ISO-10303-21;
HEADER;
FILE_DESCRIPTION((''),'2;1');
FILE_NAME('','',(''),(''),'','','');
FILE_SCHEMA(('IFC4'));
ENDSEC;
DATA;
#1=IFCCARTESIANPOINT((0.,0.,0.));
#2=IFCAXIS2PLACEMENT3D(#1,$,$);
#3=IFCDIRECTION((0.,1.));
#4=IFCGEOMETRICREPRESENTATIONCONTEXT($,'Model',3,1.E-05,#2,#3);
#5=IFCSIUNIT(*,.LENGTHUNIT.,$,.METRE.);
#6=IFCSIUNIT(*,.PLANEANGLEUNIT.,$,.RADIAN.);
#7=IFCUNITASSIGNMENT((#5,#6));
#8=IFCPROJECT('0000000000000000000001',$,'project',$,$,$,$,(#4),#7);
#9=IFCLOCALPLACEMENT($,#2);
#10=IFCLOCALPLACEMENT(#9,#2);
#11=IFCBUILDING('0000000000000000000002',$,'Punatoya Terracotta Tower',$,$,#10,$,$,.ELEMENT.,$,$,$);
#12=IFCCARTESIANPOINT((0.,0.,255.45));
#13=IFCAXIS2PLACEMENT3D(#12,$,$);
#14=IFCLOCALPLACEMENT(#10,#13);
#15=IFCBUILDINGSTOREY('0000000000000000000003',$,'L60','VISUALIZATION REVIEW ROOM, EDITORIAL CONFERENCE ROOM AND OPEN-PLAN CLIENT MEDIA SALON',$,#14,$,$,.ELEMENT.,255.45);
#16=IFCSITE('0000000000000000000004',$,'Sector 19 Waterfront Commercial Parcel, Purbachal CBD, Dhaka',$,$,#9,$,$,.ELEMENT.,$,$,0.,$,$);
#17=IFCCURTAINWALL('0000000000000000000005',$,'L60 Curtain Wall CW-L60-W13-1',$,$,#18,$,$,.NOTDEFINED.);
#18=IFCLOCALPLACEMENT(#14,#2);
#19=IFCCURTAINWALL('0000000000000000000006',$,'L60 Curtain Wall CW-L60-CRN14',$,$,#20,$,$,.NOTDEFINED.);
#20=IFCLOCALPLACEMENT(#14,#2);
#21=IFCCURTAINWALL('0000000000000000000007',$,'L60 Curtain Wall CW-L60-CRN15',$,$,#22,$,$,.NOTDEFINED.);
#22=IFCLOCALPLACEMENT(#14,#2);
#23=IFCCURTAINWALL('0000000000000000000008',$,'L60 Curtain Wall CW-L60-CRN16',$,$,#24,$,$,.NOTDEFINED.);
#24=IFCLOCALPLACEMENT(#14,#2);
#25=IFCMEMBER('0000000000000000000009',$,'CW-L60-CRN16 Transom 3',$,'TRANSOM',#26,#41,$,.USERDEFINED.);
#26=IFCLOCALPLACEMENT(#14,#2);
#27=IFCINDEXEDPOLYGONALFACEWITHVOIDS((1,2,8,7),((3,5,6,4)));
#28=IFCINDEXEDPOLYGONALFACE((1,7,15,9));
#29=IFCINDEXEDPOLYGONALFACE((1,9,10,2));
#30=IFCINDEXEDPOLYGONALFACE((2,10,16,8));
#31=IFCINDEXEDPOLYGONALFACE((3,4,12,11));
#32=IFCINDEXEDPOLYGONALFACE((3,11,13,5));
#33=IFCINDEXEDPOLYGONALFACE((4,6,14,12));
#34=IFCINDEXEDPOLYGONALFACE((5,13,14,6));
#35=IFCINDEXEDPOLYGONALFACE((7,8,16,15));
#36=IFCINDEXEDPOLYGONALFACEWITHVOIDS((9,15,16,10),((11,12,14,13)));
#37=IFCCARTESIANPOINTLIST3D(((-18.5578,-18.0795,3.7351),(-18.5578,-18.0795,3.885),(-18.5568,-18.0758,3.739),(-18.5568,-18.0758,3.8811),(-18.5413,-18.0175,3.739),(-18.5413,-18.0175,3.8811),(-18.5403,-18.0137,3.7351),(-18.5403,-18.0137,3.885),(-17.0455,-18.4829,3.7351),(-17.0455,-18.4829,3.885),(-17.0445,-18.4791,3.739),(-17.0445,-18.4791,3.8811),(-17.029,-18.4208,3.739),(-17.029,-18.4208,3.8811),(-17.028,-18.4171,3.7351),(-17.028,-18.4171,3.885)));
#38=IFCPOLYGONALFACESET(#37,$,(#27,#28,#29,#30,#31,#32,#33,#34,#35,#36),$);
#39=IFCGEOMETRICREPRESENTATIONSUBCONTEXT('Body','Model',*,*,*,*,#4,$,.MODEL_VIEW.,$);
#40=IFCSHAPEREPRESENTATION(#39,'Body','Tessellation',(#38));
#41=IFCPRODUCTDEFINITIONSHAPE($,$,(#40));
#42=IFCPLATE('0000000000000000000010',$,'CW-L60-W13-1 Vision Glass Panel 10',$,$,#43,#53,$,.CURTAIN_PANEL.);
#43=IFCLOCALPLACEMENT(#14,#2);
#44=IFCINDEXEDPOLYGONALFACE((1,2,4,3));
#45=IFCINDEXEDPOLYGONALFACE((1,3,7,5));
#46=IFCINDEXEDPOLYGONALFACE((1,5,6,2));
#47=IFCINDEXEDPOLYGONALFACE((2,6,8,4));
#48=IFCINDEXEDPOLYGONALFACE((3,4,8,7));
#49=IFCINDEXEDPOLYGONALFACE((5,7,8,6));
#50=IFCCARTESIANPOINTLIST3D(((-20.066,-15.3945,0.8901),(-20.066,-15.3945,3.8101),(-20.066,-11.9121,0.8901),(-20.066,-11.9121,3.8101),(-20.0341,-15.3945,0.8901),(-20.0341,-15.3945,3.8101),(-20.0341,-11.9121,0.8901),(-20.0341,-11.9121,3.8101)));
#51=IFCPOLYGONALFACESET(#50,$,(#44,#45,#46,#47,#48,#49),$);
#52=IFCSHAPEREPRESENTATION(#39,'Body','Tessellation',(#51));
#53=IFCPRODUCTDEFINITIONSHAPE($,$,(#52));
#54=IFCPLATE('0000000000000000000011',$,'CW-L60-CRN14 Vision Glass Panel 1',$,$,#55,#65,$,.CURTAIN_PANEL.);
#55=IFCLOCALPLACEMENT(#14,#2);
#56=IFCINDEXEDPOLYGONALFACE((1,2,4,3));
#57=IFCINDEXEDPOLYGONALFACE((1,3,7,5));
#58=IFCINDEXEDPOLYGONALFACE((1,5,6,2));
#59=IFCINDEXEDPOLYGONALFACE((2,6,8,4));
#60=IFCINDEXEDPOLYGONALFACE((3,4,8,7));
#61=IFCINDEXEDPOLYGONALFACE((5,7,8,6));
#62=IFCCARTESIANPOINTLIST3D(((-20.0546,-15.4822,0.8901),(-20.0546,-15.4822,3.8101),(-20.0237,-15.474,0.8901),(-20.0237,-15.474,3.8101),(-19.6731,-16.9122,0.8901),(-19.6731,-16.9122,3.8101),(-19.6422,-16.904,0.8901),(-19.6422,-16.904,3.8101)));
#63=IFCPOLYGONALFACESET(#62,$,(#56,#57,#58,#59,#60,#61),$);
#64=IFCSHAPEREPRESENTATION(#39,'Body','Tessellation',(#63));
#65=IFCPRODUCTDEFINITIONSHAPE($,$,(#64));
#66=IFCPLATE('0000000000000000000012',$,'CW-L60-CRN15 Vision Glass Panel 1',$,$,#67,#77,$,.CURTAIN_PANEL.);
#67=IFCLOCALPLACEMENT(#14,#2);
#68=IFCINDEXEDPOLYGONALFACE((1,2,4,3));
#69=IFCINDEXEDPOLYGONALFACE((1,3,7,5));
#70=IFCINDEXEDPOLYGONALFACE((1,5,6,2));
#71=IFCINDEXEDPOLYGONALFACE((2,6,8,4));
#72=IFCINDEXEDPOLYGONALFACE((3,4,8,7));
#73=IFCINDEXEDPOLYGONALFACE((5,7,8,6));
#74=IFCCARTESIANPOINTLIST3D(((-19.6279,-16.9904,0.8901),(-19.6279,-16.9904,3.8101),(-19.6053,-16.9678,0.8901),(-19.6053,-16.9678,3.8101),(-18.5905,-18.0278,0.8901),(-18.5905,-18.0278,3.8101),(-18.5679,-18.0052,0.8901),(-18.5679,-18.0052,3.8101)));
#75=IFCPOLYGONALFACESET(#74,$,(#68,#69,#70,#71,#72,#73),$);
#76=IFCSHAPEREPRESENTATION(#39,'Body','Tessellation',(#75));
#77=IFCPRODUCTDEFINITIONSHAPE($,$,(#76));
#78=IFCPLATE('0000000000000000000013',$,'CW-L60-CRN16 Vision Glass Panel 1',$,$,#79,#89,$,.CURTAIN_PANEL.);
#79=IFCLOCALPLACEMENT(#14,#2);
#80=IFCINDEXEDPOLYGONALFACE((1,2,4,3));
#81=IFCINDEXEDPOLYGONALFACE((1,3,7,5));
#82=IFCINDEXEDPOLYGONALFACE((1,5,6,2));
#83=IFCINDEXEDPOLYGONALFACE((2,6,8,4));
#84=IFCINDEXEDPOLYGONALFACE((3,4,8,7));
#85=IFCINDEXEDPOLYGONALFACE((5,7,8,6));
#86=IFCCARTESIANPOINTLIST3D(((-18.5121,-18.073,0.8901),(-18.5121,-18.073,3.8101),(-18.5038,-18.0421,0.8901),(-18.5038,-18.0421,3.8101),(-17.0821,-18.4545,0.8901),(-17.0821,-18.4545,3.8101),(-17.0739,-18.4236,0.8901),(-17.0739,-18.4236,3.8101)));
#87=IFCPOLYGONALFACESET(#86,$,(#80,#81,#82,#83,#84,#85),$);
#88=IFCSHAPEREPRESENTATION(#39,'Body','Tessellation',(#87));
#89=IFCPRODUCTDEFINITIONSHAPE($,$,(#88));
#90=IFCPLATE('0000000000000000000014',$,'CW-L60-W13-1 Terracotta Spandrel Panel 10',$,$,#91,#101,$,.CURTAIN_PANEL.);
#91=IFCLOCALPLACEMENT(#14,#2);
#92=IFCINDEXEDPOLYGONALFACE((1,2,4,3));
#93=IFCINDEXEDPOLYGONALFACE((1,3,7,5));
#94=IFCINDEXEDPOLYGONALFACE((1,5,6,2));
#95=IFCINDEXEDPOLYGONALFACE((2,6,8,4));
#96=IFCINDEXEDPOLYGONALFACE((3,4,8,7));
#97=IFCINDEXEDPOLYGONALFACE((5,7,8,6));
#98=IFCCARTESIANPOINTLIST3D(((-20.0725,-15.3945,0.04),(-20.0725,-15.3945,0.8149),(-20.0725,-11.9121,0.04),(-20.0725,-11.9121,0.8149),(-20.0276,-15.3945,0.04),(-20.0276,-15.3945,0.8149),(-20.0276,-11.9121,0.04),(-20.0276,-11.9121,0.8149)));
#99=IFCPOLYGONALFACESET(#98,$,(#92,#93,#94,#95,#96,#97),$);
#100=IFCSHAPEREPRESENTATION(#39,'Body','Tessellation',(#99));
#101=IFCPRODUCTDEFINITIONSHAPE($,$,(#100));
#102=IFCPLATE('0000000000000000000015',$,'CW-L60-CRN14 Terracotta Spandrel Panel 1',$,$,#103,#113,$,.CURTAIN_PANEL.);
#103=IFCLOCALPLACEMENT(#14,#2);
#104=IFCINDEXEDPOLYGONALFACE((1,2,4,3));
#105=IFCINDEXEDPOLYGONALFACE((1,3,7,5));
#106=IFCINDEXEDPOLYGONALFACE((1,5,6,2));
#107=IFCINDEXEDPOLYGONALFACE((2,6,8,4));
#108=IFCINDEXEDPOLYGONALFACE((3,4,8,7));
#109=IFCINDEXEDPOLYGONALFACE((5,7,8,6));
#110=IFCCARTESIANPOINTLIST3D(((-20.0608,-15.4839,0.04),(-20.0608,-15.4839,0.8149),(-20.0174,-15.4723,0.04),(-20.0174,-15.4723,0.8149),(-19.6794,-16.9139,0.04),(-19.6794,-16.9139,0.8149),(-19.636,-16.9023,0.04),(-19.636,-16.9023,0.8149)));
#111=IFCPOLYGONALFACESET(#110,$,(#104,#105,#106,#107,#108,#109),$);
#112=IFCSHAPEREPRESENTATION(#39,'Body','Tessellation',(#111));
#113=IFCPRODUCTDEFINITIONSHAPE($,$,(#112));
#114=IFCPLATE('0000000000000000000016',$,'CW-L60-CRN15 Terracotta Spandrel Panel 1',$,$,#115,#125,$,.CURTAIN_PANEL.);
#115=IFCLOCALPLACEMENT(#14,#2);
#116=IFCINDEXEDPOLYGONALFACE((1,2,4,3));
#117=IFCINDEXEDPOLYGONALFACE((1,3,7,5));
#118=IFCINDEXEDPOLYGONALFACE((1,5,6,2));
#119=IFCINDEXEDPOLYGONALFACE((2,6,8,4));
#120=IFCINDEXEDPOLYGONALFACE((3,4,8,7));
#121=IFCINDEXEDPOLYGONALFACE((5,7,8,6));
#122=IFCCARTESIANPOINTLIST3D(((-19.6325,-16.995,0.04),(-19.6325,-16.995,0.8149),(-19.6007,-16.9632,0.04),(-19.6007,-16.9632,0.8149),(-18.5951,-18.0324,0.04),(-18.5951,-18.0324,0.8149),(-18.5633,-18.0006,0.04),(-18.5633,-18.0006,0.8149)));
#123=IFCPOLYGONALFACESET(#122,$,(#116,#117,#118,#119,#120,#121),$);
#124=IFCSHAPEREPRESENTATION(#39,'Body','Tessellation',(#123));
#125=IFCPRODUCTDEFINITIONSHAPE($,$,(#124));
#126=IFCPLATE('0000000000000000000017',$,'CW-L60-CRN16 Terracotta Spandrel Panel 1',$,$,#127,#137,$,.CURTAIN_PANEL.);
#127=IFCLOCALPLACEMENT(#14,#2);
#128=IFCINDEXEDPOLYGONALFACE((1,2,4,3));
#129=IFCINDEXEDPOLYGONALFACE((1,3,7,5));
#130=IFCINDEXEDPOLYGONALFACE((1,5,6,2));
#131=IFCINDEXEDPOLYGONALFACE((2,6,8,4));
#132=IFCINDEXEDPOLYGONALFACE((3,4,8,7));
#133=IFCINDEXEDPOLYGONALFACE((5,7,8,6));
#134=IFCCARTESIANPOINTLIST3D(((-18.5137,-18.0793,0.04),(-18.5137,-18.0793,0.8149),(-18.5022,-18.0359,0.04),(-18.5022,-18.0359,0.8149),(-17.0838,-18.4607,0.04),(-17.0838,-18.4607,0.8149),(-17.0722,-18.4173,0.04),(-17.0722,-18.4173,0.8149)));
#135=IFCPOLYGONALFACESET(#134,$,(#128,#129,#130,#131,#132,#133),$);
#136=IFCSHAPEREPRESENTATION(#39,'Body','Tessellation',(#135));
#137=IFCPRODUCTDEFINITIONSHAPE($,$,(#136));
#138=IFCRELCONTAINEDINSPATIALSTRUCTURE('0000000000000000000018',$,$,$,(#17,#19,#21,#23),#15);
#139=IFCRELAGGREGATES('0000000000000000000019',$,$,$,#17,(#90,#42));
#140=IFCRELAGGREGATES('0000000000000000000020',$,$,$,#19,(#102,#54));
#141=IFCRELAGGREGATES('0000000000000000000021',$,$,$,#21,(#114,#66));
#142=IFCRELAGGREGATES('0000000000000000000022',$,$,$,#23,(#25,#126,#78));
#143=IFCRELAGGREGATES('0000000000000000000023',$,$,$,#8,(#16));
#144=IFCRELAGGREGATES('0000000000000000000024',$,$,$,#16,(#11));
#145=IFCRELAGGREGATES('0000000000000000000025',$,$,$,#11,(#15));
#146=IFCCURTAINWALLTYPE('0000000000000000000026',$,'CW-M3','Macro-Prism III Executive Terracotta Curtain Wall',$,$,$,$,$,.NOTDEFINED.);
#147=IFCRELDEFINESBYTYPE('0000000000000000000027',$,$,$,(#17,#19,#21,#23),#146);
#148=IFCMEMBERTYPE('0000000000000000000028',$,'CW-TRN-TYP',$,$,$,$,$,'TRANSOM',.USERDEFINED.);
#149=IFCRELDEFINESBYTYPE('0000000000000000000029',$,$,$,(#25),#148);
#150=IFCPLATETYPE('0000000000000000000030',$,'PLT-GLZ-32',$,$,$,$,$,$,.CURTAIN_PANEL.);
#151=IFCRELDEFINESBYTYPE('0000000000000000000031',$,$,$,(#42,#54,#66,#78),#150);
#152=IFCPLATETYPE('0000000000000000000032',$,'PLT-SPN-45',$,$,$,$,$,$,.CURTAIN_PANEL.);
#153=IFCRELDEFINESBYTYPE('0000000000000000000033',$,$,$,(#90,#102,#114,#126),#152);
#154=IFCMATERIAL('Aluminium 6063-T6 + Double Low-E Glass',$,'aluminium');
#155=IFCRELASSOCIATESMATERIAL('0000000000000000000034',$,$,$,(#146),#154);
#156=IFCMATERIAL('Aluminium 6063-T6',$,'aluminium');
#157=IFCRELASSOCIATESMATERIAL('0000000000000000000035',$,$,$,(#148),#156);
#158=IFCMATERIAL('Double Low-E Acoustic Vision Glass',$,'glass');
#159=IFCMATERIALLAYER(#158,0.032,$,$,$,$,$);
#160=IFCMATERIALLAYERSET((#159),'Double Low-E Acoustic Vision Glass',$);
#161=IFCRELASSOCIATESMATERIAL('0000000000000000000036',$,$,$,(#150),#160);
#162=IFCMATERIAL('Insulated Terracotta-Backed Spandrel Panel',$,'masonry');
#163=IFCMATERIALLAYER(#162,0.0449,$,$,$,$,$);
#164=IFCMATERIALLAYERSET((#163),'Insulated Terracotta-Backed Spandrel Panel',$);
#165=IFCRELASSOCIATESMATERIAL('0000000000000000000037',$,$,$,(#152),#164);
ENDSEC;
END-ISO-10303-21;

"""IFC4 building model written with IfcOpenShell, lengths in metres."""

from ifc_helpers import new_model, si_unit, direction, frame, origin, origin_2d, place, context, subcontext, project, spatial, rectangle, hollow_rectangle, extrude, material, layer, layer_set, material_profile, profile_set, type_object, element, aggregate, save


model = new_model("IFC4")

# Units and contexts
model_context = context("Model", 3, precision=1e-05, world=origin(), true_north=direction((0.0, 1.0)))
body_context = subcontext(model_context, "Body", "Model", "MODEL_VIEW")
ifc_project = project(units=[si_unit("LENGTHUNIT", "METRE"), si_unit("PLANEANGLEUNIT", "RADIAN")], contexts=[model_context])

# Site, building, storey
site_placement = place(None, origin())
site = spatial("IfcSite", under=ifc_project, at=site_placement, Name="Sector 19 Waterfront Commercial Parcel, Purbachal CBD, Dhaka", CompositionType="ELEMENT", RefElevation=0.0)
building_placement = place(site_placement, origin())
building = spatial("IfcBuilding", under=site, at=building_placement, Name="Punatoya Terracotta Tower", CompositionType="ELEMENT")
storey_placement = place(building_placement, frame((0.0, 0.0, 255.45)))
storey = spatial("IfcBuildingStorey", under=building, at=storey_placement, Name="L60", Description="VISUALIZATION REVIEW ROOM, EDITORIAL CONFERENCE ROOM AND OPEN-PLAN CLIENT MEDIA SALON", CompositionType="ELEMENT", Elevation=255.45)

# Curtain wall
ifc_material_1 = material(Name="Aluminium 6063-T6 + Double Low-E Glass", Category="aluminium")
curtain_wall_type = type_object("IfcCurtainWallType", Name="CW-M3", Description="Macro-Prism III Executive Terracotta Curtain Wall", PredefinedType="NOTDEFINED", material=ifc_material_1)
curtain_wall_1_placement = place(storey_placement, origin())
curtain_wall_1 = element("IfcCurtainWall", 1, at=curtain_wall_1_placement, inside=storey, type_object=curtain_wall_type, Name="L60 Curtain Wall CW-L60-W13-1", PredefinedType="NOTDEFINED")
ifc_material_2 = material(Name="Aluminium 6063-T6", Category="aluminium")

# Curtain walls
curtain_wall_2_placement = place(storey_placement, origin())
curtain_wall_2 = element("IfcCurtainWall", 2, at=curtain_wall_2_placement, inside=storey, type_object=curtain_wall_type, Name="L60 Curtain Wall CW-L60-CRN14", PredefinedType="NOTDEFINED")
curtain_wall_3_placement = place(storey_placement, origin())
curtain_wall_3 = element("IfcCurtainWall", 3, at=curtain_wall_3_placement, inside=storey, type_object=curtain_wall_type, Name="L60 Curtain Wall CW-L60-CRN15", PredefinedType="NOTDEFINED")
curtain_wall_4_placement = place(storey_placement, origin())
curtain_wall_4 = element("IfcCurtainWall", 4, at=curtain_wall_4_placement, inside=storey, type_object=curtain_wall_type, Name="L60 Curtain Wall CW-L60-CRN16", PredefinedType="NOTDEFINED")

# Member
ifc_material_profile_1 = material_profile(ifc_material_2, hollow_rectangle(XDim=0.0681, YDim=0.1499, WallThickness=0.0039, at=origin_2d()))
ifc_profile_set_1 = profile_set([ifc_material_profile_1], Name="Aluminium 6063-T6")
member_type_1 = type_object("IfcMemberType", Name="CW-TRN-TYP", ElementType="TRANSOM", PredefinedType="USERDEFINED", material=ifc_profile_set_1)
member_1_placement = place(storey_placement, frame((-18.5491, -18.0466, 3.8101), z_axis=(0.966225, -0.257701, 0.0), x_axis=(0.257701, 0.966225, 0.0)))
member_1 = element("IfcMember", 5, at=member_1_placement, type_object=member_type_1, Name="CW-L60-CRN16 Transom 3", ObjectType="TRANSOM", PredefinedType="USERDEFINED", context=body_context, shape_type="SweptSolid", body=[
    extrude(hollow_rectangle(XDim=0.0681, YDim=0.1499, WallThickness=0.0039, at=origin_2d()), origin(), (0.0, 0.0, 1.0), 1.5652),
])

# Plates
ifc_material_3 = material(Name="Double Low-E Acoustic Vision Glass", Category="glass")
ifc_layer_1 = layer(ifc_material_3, 0.032)
ifc_layer_set_1 = layer_set([ifc_layer_1], Name="Double Low-E Acoustic Vision Glass")
plate_type_1 = type_object("IfcPlateType", Name="PLT-GLZ-32", PredefinedType="CURTAIN_PANEL", material=ifc_layer_set_1)
plate_1_placement = place(storey_placement, frame((-20.05, -13.6533, 0.8901), z_axis=(0.0, 0.0, 1.0), x_axis=(0.0, -1.0, 0.0)))
plate_1 = element("IfcPlate", 6, at=plate_1_placement, type_object=plate_type_1, Name="CW-L60-W13-1 Vision Glass Panel 10", PredefinedType="CURTAIN_PANEL", context=body_context, shape_type="SweptSolid", body=[
    extrude(rectangle(XDim=3.4824, YDim=0.032, at=origin_2d()), origin(), (0.0, 0.0, 1.0), 2.9199),
])
plate_2_placement = place(storey_placement, frame((-19.8484, -16.1931, 0.8901), z_axis=(0.0, 0.0, 1.0), x_axis=(0.257742, -0.966214, 0.0)))
plate_2 = element("IfcPlate", 7, at=plate_2_placement, type_object=plate_type_1, Name="CW-L60-CRN14 Vision Glass Panel 1", PredefinedType="CURTAIN_PANEL", context=body_context, shape_type="SweptSolid", body=[
    extrude(rectangle(XDim=1.48, YDim=0.032, at=origin_2d()), origin(), (0.0, 0.0, 1.0), 2.9199),
])
plate_3_placement = place(storey_placement, frame((-19.0979, -17.4978, 0.8901), z_axis=(0.0, 0.0, 1.0), x_axis=(0.707107, -0.707107, 0.0)))
plate_3 = element("IfcPlate", 8, at=plate_3_placement, type_object=plate_type_1, Name="CW-L60-CRN15 Vision Glass Panel 1", PredefinedType="CURTAIN_PANEL", context=body_context, shape_type="SweptSolid", body=[
    extrude(rectangle(XDim=1.467, YDim=0.032, at=origin_2d()), origin(), (0.0, 0.0, 1.0), 2.9199),
])
plate_4_placement = place(storey_placement, frame((-17.793, -18.2483, 0.8901), z_axis=(0.0, 0.0, 1.0), x_axis=(0.966214, -0.257742, 0.0)))
plate_4 = element("IfcPlate", 9, at=plate_4_placement, type_object=plate_type_1, Name="CW-L60-CRN16 Vision Glass Panel 1", PredefinedType="CURTAIN_PANEL", context=body_context, shape_type="SweptSolid", body=[
    extrude(rectangle(XDim=1.48, YDim=0.032, at=origin_2d()), origin(), (0.0, 0.0, 1.0), 2.9199),
])
ifc_material_4 = material(Name="Insulated Terracotta-Backed Spandrel Panel", Category="masonry")
ifc_layer_2 = layer(ifc_material_4, 0.0449)
ifc_layer_set_2 = layer_set([ifc_layer_2], Name="Insulated Terracotta-Backed Spandrel Panel")
plate_type_2 = type_object("IfcPlateType", Name="PLT-SPN-45", PredefinedType="CURTAIN_PANEL", material=ifc_layer_set_2)
plate_5_placement = place(storey_placement, frame((-20.05, -13.6533, 0.04), z_axis=(0.0, 0.0, 1.0), x_axis=(0.0, -1.0, 0.0)))
plate_5 = element("IfcPlate", 10, at=plate_5_placement, type_object=plate_type_2, Name="CW-L60-W13-1 Terracotta Spandrel Panel 10", PredefinedType="CURTAIN_PANEL", context=body_context, shape_type="SweptSolid", body=[
    extrude(rectangle(XDim=3.4824, YDim=0.0449, at=origin_2d()), origin(), (0.0, 0.0, 1.0), 0.7749),
])
aggregate(curtain_wall_1, [plate_5, plate_1])
plate_6_placement = place(storey_placement, frame((-19.8484, -16.1931, 0.04), z_axis=(0.0, 0.0, 1.0), x_axis=(0.257742, -0.966214, 0.0)))
plate_6 = element("IfcPlate", 11, at=plate_6_placement, type_object=plate_type_2, Name="CW-L60-CRN14 Terracotta Spandrel Panel 1", PredefinedType="CURTAIN_PANEL", context=body_context, shape_type="SweptSolid", body=[
    extrude(rectangle(XDim=1.48, YDim=0.0449, at=origin_2d()), origin(), (0.0, 0.0, 1.0), 0.7749),
])
aggregate(curtain_wall_2, [plate_6, plate_2])
plate_7_placement = place(storey_placement, frame((-19.0979, -17.4978, 0.04), z_axis=(0.0, 0.0, 1.0), x_axis=(0.707107, -0.707107, 0.0)))
plate_7 = element("IfcPlate", 12, at=plate_7_placement, type_object=plate_type_2, Name="CW-L60-CRN15 Terracotta Spandrel Panel 1", PredefinedType="CURTAIN_PANEL", context=body_context, shape_type="SweptSolid", body=[
    extrude(rectangle(XDim=1.467, YDim=0.0449, at=origin_2d()), origin(), (0.0, 0.0, 1.0), 0.7749),
])
aggregate(curtain_wall_3, [plate_7, plate_3])
plate_8_placement = place(storey_placement, frame((-17.793, -18.2483, 0.04), z_axis=(0.0, 0.0, 1.0), x_axis=(0.966214, -0.257742, 0.0)))
plate_8 = element("IfcPlate", 13, at=plate_8_placement, type_object=plate_type_2, Name="CW-L60-CRN16 Terracotta Spandrel Panel 1", PredefinedType="CURTAIN_PANEL", context=body_context, shape_type="SweptSolid", body=[
    extrude(rectangle(XDim=1.48, YDim=0.0449, at=origin_2d()), origin(), (0.0, 0.0, 1.0), 0.7749),
])
aggregate(curtain_wall_4, [member_1, plate_8, plate_4])

save(model, "model.ifc")
